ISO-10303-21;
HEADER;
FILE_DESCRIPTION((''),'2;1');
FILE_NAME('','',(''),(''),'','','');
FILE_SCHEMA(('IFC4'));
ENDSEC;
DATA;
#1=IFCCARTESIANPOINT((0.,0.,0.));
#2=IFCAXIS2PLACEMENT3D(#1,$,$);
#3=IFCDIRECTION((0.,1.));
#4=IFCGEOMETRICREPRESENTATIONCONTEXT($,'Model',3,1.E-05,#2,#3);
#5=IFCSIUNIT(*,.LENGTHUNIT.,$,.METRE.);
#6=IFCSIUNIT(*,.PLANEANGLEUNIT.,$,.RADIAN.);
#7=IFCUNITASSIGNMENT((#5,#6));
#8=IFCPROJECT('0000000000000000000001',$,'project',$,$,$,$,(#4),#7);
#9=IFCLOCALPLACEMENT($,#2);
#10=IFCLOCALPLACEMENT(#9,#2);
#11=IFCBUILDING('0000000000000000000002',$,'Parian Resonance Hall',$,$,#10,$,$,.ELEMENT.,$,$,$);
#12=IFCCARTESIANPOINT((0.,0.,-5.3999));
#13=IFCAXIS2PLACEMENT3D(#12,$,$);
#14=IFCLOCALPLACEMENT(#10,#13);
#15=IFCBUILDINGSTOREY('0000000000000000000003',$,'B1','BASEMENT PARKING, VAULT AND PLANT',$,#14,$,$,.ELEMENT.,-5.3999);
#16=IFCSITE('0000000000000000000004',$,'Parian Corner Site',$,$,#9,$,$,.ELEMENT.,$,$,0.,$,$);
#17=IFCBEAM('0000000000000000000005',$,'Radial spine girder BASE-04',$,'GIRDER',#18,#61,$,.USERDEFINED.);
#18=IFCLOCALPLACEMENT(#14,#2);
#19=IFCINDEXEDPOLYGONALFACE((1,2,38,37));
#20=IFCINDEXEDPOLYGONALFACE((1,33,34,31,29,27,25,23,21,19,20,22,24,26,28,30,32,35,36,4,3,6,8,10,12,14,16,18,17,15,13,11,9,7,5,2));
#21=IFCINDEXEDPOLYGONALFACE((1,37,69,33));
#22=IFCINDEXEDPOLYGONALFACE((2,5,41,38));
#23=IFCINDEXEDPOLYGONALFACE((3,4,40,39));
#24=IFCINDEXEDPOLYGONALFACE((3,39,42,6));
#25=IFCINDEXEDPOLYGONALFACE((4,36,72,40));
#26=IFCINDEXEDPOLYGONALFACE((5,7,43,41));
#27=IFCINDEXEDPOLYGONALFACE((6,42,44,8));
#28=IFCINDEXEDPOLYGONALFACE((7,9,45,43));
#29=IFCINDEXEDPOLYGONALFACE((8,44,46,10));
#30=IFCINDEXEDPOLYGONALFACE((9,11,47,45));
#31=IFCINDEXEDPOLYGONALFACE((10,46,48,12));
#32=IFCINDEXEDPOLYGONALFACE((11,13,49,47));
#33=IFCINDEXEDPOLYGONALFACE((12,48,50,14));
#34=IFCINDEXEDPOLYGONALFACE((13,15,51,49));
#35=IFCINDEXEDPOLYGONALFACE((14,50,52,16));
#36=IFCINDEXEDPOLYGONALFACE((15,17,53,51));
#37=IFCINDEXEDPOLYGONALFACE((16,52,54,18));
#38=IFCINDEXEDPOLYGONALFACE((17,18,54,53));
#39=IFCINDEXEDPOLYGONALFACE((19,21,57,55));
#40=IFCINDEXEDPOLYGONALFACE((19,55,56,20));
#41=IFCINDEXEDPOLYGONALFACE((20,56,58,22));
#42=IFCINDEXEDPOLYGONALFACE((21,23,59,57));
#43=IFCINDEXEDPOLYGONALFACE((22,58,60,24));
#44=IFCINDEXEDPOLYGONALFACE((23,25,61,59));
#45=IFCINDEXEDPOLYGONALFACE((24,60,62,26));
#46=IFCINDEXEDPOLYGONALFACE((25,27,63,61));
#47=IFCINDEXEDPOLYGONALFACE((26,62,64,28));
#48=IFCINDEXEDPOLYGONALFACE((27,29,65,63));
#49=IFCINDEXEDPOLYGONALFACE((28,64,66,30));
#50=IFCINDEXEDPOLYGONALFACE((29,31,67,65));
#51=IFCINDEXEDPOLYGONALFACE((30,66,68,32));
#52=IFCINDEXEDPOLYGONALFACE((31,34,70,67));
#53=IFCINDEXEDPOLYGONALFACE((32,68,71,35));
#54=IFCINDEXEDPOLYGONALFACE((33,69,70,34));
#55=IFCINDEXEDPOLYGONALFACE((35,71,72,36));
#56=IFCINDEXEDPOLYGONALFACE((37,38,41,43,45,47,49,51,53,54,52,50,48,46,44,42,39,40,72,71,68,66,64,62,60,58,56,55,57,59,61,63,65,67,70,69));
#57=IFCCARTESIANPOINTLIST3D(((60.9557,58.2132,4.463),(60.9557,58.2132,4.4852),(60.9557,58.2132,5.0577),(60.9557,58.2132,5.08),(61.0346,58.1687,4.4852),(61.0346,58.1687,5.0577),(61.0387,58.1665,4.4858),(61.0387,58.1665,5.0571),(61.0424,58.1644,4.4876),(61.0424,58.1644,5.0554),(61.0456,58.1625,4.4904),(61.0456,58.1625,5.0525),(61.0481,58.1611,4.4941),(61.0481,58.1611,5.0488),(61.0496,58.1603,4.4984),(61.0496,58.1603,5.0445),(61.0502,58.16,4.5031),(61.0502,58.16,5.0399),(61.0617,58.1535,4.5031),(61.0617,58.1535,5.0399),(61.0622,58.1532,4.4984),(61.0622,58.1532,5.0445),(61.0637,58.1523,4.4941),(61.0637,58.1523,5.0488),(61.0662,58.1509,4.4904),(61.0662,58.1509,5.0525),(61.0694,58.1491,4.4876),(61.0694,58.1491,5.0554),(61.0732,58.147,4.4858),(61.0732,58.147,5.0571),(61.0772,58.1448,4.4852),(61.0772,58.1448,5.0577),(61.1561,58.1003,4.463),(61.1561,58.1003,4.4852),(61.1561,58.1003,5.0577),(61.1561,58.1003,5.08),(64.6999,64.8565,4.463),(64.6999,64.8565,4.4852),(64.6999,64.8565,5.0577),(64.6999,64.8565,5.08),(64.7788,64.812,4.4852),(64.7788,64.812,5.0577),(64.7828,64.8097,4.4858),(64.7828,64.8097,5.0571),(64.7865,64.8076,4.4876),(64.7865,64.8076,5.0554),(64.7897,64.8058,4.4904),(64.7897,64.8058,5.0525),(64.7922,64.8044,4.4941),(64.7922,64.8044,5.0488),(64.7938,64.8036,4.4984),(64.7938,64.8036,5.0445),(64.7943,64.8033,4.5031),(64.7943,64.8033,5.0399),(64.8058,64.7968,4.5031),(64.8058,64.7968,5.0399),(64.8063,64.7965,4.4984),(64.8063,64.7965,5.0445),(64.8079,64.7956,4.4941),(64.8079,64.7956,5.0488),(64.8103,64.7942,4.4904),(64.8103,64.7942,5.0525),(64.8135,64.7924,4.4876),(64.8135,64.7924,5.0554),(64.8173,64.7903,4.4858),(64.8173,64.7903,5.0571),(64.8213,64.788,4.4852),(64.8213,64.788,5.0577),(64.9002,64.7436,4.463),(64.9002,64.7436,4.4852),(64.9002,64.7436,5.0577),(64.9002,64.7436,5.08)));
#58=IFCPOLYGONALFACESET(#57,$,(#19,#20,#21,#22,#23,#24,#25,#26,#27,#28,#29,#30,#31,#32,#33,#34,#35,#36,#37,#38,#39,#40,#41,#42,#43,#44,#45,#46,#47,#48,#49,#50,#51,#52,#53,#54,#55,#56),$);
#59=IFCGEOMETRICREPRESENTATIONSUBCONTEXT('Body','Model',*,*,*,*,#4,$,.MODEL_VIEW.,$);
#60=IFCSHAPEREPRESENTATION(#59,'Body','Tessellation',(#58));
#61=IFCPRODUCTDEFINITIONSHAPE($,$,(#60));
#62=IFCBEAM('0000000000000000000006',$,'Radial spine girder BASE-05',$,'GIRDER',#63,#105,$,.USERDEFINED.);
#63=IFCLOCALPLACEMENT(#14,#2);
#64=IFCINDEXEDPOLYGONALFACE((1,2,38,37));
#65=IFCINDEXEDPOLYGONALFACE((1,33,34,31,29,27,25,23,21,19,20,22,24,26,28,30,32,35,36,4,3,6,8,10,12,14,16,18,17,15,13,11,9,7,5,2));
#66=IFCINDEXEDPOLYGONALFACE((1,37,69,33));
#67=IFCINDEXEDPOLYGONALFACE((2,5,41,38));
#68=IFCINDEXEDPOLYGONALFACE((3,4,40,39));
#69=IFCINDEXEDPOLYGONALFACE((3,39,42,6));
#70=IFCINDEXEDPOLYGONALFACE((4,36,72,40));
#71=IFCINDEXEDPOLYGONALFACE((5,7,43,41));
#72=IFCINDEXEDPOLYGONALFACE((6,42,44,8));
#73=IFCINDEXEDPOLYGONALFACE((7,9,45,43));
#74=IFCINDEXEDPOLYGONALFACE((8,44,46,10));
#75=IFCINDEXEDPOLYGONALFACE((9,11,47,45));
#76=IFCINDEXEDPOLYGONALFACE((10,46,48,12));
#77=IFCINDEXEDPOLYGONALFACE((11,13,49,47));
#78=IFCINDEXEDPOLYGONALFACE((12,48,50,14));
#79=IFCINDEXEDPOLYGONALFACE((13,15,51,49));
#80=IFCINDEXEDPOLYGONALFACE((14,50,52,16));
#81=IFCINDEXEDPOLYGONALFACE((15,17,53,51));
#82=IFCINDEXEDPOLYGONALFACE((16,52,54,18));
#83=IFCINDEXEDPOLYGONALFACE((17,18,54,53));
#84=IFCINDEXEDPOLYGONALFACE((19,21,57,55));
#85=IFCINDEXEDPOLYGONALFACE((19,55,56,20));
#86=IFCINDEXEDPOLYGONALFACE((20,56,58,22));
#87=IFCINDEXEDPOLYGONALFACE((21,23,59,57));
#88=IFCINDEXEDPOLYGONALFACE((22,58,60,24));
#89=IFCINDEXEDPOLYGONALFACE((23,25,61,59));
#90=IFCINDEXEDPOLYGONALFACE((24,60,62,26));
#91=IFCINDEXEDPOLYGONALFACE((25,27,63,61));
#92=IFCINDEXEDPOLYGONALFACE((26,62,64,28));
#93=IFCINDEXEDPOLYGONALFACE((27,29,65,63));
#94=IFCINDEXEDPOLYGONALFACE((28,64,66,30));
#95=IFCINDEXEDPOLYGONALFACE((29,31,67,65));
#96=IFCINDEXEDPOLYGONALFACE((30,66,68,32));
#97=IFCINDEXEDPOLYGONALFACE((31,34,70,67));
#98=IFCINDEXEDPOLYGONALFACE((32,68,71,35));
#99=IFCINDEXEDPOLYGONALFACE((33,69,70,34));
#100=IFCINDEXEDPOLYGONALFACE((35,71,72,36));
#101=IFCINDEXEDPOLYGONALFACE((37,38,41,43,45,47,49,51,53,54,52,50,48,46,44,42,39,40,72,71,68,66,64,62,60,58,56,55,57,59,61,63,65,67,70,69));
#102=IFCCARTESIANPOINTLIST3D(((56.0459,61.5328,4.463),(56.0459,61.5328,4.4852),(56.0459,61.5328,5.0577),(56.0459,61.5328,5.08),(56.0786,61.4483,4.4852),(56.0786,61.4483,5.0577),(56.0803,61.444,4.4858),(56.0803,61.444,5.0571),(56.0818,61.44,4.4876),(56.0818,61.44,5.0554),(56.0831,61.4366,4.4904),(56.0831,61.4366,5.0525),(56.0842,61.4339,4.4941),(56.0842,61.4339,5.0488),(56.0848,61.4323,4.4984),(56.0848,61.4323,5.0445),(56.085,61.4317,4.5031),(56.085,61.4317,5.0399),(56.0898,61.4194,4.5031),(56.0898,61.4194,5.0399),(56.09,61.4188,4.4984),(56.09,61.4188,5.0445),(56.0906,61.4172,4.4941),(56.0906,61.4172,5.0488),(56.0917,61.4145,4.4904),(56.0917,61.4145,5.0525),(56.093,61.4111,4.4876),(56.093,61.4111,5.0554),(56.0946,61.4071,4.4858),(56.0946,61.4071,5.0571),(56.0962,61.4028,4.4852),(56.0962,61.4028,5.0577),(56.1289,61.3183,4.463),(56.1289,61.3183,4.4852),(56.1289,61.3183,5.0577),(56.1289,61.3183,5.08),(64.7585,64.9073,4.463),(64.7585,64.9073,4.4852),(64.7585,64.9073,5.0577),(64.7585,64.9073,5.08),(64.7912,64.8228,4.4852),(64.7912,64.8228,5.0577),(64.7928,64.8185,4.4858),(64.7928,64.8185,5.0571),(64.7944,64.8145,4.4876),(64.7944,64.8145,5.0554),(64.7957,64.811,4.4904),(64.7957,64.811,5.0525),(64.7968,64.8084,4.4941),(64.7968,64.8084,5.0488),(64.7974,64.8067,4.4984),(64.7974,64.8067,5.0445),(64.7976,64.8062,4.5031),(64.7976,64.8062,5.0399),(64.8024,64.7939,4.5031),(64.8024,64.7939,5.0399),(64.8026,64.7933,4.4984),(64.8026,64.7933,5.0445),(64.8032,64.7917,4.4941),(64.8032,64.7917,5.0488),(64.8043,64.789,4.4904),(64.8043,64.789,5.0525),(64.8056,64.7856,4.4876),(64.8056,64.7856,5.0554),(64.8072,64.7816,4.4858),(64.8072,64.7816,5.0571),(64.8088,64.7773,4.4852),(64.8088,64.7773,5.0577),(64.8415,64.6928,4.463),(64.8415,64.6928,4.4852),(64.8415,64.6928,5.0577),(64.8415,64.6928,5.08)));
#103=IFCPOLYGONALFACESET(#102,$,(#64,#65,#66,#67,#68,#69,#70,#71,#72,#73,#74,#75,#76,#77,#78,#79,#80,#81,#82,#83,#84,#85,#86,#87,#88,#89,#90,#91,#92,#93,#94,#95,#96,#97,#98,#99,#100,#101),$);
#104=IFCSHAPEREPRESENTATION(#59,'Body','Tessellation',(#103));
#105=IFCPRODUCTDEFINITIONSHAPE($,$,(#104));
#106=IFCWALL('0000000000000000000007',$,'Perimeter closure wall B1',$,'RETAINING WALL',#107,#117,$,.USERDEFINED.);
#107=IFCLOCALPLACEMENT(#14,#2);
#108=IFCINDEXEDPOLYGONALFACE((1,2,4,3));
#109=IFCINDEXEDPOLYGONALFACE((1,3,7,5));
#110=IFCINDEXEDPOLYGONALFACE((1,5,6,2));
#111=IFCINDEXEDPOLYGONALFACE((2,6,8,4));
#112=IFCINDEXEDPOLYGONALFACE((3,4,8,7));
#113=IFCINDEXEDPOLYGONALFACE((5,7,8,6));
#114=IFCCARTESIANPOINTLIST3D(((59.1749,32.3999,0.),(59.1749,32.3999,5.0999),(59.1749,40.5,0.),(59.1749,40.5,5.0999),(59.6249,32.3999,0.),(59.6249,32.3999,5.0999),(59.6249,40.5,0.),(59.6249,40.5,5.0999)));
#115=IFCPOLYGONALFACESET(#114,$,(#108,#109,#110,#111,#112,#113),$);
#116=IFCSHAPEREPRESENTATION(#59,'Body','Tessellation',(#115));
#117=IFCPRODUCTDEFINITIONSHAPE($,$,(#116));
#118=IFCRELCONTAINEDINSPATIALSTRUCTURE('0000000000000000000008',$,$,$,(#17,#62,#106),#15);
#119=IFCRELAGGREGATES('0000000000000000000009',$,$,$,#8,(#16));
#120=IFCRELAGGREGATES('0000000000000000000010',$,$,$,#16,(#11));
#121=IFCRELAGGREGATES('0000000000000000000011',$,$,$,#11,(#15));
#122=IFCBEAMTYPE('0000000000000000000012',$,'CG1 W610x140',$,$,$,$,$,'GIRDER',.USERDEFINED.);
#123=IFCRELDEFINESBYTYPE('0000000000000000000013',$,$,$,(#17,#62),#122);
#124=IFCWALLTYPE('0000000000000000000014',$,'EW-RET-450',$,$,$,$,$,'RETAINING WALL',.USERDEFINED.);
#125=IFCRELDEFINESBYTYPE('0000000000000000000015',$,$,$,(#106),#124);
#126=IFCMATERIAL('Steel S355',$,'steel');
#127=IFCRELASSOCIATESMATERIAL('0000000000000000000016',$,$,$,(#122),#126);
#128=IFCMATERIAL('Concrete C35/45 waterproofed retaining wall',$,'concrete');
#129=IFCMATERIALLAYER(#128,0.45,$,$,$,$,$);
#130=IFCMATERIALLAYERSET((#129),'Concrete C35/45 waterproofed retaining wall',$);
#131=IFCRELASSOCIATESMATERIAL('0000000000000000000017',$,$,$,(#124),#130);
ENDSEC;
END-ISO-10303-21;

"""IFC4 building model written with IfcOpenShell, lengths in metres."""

from ifc_helpers import new_model, si_unit, direction, frame, frame_2d, origin, origin_2d, place, context, subcontext, project, spatial, rectangle, i_section, extrude, material, layer, layer_set, material_profile, profile_set, type_object, element, save


model = new_model("IFC4")

# Units and contexts
model_context = context("Model", 3, precision=1e-05, world=origin(), true_north=direction((0.0, 1.0)))
body_context = subcontext(model_context, "Body", "Model", "MODEL_VIEW")
ifc_project = project(units=[si_unit("LENGTHUNIT", "METRE"), si_unit("PLANEANGLEUNIT", "RADIAN")], contexts=[model_context])

# Site, building, storey
site_placement = place(None, origin())
site = spatial("IfcSite", under=ifc_project, at=site_placement, Name="Parian Corner Site", CompositionType="ELEMENT", RefElevation=0.0)
building_placement = place(site_placement, origin())
building = spatial("IfcBuilding", under=site, at=building_placement, Name="Parian Resonance Hall", CompositionType="ELEMENT")
storey_placement = place(building_placement, frame((0.0, 0.0, -5.3999)))
storey = spatial("IfcBuildingStorey", under=building, at=storey_placement, Name="B1", Description="BASEMENT PARKING, VAULT AND PLANT", CompositionType="ELEMENT", Elevation=-5.3999)

# Beams
ifc_material_1 = material(Name="Steel S355", Category="steel")
ifc_material_profile_1 = material_profile(ifc_material_1, i_section(OverallWidth=0.23, OverallDepth=0.6169, WebThickness=0.0132, FlangeThickness=0.0222, FilletRadius=0.0178, at=origin_2d()), Name="W610x140")
ifc_profile_set_1 = profile_set([ifc_material_profile_1], Name="Steel S355")
beam_type_1 = type_object("IfcBeamType", Name="CG1 W610x140", ElementType="GIRDER", PredefinedType="USERDEFINED", material=ifc_profile_set_1)
beam_1_placement = place(storey_placement, frame((61.0559, 58.1567, 4.7715), z_axis=(0.490986, 0.871167, 0.0), x_axis=(-0.871167, 0.490986, 0.0)))
element("IfcBeam", 1, at=beam_1_placement, inside=storey, type_object=beam_type_1, Name="Radial spine girder BASE-04", ObjectType="GIRDER", PredefinedType="USERDEFINED", context=body_context, shape_type="SweptSolid", body=[
    extrude(i_section(OverallWidth=0.23, OverallDepth=0.6169, WebThickness=0.0132, FlangeThickness=0.0222, FilletRadius=0.0178, at=origin_2d()), origin(), (0.0, 0.0, 1.0), 7.6257),
])
beam_2_placement = place(storey_placement, frame((56.0874, 61.4255, 4.7715), z_axis=(0.932501, 0.361169, 0.0), x_axis=(-0.361169, 0.932501, 0.0)))
element("IfcBeam", 2, at=beam_2_placement, inside=storey, type_object=beam_type_1, Name="Radial spine girder BASE-05", ObjectType="GIRDER", PredefinedType="USERDEFINED", context=body_context, shape_type="SweptSolid", body=[
    extrude(i_section(OverallWidth=0.23, OverallDepth=0.6169, WebThickness=0.0132, FlangeThickness=0.0222, FilletRadius=0.0178, at=origin_2d()), origin(), (0.0, 0.0, 1.0), 9.3433),
])

# Wall
ifc_material_2 = material(Name="Concrete C35/45 waterproofed retaining wall", Category="concrete")
ifc_layer = layer(ifc_material_2, 0.45)
ifc_layer_set = layer_set([ifc_layer], Name="Concrete C35/45 waterproofed retaining wall")
wall_type = type_object("IfcWallType", Name="EW-RET-450", ElementType="RETAINING WALL", PredefinedType="USERDEFINED", material=ifc_layer_set)
wall_placement = place(storey_placement, frame((59.3999, 40.5, 0.0), z_axis=(0.0, 0.0, 1.0), x_axis=(0.0, -1.0, 0.0)))
element("IfcWall", 3, at=wall_placement, inside=storey, type_object=wall_type, Name="Perimeter closure wall B1", ObjectType="RETAINING WALL", PredefinedType="USERDEFINED", context=body_context, shape_type="SweptSolid", body=[
    extrude(rectangle(XDim=8.1001, YDim=0.45, at=frame_2d((4.05, 0.0))), origin(), (0.0, 0.0, 1.0), 5.0999),
])

save(model, "model.ifc")
